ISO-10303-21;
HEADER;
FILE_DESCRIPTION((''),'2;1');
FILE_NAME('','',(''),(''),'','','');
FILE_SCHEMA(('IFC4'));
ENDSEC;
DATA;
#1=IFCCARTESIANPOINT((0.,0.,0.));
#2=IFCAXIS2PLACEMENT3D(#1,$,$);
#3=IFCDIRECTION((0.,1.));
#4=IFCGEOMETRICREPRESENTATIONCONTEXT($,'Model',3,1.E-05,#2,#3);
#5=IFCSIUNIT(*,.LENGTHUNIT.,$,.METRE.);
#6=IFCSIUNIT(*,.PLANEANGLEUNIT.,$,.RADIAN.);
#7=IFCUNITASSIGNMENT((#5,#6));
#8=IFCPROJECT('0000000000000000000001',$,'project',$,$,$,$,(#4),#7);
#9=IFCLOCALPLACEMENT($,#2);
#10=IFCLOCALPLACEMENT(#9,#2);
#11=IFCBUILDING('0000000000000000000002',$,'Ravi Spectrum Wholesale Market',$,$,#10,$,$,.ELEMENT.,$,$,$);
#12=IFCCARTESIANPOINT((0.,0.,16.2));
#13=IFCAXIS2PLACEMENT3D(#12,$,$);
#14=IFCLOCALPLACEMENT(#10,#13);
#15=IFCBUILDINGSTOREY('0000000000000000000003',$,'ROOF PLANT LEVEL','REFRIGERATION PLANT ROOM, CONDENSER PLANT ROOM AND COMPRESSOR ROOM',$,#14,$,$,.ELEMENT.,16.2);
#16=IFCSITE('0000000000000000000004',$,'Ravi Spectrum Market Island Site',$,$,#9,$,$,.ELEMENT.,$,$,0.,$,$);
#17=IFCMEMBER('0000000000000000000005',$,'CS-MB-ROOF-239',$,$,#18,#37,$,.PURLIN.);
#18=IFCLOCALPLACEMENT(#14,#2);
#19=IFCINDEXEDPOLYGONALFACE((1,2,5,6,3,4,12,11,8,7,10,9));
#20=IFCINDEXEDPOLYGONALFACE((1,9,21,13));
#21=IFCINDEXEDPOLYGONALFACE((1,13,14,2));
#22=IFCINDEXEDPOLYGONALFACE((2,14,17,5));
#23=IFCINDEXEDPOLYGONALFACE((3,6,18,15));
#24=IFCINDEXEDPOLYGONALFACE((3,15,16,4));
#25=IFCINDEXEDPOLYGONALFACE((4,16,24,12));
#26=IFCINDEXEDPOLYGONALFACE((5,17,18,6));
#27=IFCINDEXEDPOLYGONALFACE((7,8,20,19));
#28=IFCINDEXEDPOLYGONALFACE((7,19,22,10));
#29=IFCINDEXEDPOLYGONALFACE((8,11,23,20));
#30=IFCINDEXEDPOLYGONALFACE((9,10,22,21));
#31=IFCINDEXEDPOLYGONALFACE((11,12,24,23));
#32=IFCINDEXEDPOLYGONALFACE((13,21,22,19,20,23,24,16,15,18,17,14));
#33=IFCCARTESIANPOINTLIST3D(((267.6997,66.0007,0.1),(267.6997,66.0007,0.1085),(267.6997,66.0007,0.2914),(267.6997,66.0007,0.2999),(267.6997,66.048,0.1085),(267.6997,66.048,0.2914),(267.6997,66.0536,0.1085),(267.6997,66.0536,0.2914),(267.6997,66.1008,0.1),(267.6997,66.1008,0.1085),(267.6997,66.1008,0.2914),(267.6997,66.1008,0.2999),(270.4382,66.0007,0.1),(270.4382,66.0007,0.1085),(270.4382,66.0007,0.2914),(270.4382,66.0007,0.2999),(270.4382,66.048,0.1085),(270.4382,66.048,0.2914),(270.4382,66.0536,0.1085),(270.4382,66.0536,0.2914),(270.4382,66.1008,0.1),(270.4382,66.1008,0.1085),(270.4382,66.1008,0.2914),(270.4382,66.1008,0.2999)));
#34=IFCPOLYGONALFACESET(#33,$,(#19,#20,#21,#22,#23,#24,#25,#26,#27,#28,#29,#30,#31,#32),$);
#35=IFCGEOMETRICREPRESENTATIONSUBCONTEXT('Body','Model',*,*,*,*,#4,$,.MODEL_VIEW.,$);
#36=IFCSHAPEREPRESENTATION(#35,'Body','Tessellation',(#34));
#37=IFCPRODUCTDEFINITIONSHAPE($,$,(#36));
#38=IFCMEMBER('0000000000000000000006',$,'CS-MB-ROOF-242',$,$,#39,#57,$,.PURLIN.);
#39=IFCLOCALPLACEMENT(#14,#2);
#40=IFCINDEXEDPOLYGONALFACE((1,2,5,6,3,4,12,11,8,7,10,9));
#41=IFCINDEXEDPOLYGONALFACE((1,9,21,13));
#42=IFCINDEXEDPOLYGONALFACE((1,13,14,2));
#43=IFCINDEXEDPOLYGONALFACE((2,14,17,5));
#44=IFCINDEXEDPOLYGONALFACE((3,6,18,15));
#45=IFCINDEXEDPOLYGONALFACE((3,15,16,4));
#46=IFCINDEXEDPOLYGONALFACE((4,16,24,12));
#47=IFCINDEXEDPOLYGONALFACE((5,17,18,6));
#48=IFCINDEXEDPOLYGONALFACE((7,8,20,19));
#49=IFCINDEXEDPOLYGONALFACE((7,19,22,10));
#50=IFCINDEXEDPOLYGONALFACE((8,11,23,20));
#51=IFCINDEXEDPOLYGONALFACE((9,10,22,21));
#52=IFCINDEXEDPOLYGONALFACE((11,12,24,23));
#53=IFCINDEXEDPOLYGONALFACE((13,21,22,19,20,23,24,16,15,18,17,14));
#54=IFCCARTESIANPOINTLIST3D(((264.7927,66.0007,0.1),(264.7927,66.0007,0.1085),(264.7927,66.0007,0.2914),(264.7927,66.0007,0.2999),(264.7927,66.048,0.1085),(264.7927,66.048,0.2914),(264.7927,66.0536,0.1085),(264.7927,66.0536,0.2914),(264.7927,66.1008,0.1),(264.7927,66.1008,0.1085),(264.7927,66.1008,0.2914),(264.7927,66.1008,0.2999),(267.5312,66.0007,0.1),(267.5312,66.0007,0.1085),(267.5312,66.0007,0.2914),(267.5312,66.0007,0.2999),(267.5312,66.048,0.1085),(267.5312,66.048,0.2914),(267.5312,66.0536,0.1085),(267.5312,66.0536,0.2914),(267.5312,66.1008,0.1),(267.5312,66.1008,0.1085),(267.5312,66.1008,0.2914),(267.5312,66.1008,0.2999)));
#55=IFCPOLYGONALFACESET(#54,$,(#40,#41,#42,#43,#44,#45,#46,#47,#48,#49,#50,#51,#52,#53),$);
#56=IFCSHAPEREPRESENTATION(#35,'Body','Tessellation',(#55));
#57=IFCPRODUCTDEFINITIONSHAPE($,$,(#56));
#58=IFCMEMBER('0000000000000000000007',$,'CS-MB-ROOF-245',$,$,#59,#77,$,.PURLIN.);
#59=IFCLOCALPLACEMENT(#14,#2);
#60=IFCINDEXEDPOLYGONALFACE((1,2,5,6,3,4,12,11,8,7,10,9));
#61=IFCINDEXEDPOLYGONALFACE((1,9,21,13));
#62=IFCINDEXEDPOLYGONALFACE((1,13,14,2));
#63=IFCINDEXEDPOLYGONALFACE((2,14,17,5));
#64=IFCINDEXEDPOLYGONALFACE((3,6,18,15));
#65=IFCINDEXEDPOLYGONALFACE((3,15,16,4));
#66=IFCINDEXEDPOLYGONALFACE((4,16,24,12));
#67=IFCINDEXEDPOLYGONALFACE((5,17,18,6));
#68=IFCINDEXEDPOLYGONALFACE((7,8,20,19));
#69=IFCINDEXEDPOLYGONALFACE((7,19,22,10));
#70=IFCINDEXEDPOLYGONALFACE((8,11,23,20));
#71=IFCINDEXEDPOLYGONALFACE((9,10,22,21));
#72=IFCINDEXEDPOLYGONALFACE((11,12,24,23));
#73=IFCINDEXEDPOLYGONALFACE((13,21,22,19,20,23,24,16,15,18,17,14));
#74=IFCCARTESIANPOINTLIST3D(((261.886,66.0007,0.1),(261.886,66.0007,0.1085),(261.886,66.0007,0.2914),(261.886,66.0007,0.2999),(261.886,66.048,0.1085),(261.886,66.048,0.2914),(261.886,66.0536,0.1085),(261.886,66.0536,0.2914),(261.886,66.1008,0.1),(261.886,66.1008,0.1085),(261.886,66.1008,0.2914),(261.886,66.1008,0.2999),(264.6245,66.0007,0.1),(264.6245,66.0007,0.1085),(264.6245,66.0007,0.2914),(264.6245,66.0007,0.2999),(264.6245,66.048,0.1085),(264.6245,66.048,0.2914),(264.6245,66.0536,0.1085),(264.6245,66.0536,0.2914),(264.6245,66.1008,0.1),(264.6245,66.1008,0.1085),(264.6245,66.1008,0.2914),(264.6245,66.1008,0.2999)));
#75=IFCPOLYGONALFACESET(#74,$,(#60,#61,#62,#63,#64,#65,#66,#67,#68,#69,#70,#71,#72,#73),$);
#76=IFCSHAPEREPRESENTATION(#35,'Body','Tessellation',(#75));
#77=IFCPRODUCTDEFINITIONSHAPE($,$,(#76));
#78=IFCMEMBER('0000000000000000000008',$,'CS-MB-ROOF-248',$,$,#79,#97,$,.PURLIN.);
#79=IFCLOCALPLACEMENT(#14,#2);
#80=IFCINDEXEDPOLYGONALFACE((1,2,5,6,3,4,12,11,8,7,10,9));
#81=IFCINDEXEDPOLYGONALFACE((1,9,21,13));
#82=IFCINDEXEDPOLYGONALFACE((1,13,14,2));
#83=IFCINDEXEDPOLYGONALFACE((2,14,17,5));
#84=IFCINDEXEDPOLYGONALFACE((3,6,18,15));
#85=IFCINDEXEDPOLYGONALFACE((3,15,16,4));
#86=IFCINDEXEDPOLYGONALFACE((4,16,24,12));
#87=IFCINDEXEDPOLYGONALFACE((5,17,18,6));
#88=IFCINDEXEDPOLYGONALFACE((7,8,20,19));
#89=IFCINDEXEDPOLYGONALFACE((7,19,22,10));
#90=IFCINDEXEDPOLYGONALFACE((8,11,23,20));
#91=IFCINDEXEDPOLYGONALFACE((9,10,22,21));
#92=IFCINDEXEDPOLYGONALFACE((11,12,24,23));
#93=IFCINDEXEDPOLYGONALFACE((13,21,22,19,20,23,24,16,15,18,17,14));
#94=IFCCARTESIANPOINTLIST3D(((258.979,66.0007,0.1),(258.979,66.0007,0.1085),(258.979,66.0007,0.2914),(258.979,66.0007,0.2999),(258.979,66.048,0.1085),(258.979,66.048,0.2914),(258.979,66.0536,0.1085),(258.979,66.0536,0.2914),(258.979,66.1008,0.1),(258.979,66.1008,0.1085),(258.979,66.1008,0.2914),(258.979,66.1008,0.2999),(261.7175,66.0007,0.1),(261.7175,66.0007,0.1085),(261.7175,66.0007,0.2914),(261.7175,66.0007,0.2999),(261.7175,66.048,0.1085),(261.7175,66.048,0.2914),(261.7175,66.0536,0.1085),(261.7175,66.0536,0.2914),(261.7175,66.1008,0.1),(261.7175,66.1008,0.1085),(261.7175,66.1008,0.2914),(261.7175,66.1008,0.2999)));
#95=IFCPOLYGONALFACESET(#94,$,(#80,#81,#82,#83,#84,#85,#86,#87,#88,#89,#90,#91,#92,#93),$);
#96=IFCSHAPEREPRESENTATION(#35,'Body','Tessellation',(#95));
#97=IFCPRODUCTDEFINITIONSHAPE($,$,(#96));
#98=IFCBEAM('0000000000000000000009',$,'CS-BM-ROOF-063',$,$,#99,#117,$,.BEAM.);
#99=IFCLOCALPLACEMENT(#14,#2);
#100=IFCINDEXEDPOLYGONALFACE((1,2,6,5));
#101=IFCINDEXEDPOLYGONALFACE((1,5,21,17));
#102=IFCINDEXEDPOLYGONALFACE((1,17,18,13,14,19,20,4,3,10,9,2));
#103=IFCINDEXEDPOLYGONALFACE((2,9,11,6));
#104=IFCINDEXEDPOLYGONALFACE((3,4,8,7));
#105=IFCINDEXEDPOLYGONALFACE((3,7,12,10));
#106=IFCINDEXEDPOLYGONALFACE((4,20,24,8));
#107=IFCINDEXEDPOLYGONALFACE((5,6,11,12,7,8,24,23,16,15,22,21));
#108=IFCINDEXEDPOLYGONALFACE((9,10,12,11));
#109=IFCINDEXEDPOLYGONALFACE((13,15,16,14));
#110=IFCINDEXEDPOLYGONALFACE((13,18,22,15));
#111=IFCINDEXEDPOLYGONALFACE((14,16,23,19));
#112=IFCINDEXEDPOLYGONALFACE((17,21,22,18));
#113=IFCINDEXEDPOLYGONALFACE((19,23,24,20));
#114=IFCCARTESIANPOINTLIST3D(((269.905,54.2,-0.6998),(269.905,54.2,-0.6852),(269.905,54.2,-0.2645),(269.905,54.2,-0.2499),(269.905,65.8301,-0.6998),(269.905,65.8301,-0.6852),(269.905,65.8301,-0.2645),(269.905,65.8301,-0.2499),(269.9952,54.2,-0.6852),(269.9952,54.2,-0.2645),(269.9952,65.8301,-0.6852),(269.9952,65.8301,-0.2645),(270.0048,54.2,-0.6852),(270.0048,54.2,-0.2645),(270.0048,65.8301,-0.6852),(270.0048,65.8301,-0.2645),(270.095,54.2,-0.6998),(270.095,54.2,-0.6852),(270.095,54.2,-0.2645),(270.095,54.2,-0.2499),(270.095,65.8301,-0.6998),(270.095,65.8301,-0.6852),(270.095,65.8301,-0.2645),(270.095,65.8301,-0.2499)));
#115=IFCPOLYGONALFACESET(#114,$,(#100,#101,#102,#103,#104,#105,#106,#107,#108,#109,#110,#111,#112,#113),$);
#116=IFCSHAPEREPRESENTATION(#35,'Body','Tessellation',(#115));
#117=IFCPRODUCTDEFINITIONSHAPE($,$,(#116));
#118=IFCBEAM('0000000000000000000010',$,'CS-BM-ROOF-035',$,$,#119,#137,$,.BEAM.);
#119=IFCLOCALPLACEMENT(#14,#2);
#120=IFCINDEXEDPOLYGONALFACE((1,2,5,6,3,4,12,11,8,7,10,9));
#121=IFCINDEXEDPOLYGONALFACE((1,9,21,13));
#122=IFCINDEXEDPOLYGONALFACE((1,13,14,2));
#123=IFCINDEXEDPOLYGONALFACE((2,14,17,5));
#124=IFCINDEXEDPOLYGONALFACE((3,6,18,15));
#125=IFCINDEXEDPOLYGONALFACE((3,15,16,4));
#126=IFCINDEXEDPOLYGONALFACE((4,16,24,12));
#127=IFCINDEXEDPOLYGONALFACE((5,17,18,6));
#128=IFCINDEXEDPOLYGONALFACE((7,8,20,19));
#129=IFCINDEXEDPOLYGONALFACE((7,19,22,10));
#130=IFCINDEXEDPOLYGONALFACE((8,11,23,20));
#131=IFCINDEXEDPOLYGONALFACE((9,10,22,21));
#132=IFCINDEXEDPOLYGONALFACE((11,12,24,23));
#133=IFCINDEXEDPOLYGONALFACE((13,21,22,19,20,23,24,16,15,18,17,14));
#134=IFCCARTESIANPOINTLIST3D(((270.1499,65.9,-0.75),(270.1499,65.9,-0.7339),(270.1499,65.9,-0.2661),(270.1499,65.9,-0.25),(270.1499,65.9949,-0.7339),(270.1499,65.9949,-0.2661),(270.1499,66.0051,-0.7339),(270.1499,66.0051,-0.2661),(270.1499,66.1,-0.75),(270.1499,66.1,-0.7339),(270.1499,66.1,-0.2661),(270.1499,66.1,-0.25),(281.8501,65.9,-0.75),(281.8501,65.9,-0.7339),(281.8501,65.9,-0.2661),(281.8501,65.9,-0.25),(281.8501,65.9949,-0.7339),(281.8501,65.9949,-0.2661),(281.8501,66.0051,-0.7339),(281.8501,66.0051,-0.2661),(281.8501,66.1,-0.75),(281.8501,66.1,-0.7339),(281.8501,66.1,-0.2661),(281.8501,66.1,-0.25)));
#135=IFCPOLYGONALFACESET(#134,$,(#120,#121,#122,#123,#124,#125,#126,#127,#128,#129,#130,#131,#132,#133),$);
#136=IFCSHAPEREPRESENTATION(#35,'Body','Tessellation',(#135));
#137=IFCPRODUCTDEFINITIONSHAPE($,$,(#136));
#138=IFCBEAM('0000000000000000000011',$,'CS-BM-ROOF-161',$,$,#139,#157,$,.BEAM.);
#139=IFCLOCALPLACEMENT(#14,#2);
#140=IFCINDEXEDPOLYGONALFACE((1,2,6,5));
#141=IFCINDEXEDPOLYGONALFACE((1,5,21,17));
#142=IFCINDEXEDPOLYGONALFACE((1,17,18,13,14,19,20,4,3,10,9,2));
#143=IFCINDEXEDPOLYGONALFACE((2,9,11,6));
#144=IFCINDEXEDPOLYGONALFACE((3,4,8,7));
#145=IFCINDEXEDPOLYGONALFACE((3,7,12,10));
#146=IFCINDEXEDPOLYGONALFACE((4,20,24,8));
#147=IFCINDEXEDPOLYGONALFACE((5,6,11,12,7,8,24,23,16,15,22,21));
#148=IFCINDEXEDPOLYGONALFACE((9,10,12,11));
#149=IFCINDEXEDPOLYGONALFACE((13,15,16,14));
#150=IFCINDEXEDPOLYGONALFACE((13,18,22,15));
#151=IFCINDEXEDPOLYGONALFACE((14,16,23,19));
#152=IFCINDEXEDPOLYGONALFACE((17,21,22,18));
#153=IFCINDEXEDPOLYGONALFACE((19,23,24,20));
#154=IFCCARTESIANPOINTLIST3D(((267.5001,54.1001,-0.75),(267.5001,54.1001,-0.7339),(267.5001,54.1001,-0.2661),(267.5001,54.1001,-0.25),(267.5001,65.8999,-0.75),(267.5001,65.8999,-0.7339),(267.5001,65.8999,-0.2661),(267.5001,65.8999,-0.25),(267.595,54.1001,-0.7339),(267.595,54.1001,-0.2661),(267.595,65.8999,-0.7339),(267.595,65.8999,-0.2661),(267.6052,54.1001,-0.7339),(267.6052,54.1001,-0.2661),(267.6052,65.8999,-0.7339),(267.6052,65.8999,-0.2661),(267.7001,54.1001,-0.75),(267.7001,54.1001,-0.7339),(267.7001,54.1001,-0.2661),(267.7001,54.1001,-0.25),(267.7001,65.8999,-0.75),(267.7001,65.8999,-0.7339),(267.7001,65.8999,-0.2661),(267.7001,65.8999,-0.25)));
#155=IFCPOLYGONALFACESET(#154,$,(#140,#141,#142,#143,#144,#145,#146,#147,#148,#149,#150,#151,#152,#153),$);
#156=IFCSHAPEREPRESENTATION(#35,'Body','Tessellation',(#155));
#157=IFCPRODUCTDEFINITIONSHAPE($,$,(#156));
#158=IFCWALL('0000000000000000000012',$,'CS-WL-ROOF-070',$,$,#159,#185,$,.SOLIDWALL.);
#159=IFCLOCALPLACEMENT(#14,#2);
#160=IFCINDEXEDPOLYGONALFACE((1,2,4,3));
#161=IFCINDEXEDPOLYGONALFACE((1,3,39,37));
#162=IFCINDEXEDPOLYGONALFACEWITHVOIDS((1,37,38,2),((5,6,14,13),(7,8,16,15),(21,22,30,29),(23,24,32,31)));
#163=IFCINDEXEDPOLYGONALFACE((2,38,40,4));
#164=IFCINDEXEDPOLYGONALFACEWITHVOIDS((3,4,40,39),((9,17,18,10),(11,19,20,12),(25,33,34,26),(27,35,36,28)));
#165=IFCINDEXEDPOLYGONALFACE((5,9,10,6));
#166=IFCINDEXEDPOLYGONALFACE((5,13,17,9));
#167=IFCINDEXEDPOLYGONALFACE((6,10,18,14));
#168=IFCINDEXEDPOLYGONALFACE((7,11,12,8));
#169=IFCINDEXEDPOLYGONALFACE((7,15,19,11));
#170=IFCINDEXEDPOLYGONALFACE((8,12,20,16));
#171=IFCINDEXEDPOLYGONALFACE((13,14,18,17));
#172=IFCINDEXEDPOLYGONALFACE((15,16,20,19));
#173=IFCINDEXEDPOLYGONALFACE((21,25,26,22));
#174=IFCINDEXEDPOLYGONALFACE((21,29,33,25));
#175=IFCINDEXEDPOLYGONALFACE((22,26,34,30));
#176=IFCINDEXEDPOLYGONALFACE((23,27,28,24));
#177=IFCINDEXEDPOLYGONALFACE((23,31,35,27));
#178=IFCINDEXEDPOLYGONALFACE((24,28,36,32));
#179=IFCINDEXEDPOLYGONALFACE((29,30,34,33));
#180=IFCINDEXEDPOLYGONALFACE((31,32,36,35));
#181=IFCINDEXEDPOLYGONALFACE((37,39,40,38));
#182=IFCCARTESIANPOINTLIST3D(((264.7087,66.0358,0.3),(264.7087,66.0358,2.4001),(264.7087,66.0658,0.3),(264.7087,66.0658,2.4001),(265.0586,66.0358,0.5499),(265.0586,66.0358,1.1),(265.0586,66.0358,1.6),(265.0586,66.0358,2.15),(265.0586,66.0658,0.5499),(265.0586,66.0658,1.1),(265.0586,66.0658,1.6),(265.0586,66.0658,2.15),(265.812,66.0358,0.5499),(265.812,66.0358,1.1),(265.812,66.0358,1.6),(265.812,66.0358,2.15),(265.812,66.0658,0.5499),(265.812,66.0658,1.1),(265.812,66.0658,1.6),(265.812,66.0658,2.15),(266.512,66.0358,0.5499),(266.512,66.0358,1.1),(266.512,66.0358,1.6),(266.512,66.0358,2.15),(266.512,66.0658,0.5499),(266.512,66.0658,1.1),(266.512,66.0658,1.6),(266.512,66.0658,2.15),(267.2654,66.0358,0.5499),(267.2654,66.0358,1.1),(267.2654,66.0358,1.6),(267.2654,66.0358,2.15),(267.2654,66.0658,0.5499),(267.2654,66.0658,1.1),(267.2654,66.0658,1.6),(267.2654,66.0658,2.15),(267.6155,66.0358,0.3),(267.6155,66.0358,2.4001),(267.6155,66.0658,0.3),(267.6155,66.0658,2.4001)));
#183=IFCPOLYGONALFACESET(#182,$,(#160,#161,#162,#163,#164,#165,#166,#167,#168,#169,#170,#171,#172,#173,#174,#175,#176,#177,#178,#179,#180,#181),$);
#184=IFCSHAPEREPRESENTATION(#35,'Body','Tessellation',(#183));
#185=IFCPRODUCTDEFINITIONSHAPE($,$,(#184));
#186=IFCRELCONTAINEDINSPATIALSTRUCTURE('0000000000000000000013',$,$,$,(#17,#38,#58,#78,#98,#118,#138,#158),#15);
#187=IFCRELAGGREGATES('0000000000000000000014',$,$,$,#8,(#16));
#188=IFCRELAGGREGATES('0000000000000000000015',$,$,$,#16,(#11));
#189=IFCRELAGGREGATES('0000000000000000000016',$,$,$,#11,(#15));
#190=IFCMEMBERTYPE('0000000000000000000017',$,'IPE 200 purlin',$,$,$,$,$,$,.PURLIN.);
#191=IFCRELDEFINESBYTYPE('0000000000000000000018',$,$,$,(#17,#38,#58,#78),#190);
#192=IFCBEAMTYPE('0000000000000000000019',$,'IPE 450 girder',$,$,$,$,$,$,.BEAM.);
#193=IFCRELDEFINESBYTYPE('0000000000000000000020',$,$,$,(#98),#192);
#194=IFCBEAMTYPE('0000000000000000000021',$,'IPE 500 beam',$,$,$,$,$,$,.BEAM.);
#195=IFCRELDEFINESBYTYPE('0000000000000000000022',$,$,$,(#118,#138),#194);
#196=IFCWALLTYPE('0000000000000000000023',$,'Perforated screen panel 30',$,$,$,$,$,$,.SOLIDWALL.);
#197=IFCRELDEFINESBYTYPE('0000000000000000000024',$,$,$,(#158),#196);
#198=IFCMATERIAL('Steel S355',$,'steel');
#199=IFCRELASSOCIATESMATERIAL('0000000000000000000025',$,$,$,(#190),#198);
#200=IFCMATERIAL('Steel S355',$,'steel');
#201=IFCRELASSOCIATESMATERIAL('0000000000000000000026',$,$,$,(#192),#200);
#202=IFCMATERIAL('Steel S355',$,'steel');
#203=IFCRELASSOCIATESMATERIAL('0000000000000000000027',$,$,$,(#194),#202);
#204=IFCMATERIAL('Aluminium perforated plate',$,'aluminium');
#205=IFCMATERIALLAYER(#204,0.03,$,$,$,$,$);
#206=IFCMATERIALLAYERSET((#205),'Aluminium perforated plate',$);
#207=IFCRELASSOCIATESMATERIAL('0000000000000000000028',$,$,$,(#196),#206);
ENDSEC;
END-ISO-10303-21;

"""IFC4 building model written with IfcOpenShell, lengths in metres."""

from ifc_helpers import new_model, si_unit, direction, frame, frame_2d, origin, origin_2d, place, context, subcontext, project, spatial, rectangle, i_section, extrude, material, layer, layer_set, material_profile, profile_set, type_object, element, save


model = new_model("IFC4")

# Units and contexts
model_context = context("Model", 3, precision=1e-05, world=origin(), true_north=direction((0.0, 1.0)))
body_context = subcontext(model_context, "Body", "Model", "MODEL_VIEW")
ifc_project = project(units=[si_unit("LENGTHUNIT", "METRE"), si_unit("PLANEANGLEUNIT", "RADIAN")], contexts=[model_context])

# Site, building, storey
site_placement = place(None, origin())
site = spatial("IfcSite", under=ifc_project, at=site_placement, Name="Ravi Spectrum Market Island Site", CompositionType="ELEMENT", RefElevation=0.0)
building_placement = place(site_placement, origin())
building = spatial("IfcBuilding", under=site, at=building_placement, Name="Ravi Spectrum Wholesale Market", CompositionType="ELEMENT")
storey_placement = place(building_placement, frame((0.0, 0.0, 16.2)))
storey = spatial("IfcBuildingStorey", under=building, at=storey_placement, Name="ROOF PLANT LEVEL", Description="REFRIGERATION PLANT ROOM, CONDENSER PLANT ROOM AND COMPRESSOR ROOM", CompositionType="ELEMENT", Elevation=16.2)

# Members
ifc_material_1 = material(Name="Steel S355", Category="steel")
ifc_material_profile_1 = material_profile(ifc_material_1, i_section(OverallWidth=0.1001, OverallDepth=0.2, WebThickness=0.0056, FlangeThickness=0.0085, at=origin_2d()))
ifc_profile_set_1 = profile_set([ifc_material_profile_1], Name="Steel S355")
member_type = type_object("IfcMemberType", Name="IPE 200 purlin", PredefinedType="PURLIN", material=ifc_profile_set_1)
for number, where, z_axis, x_axis, name in (
    (1, (270.4382, 66.0508, 0.2), (-1.0, 0.0, 0.0), (0.0, -1.0, 0.0), "CS-MB-ROOF-239"),
    (2, (267.5312, 66.0508, 0.2), (-1.0, 0.0, 0.0), (0.0, -1.0, 0.0), "CS-MB-ROOF-242"),
    (3, (264.6245, 66.0508, 0.2), (-1.0, 0.0, 0.0), (0.0, -1.0, 0.0), "CS-MB-ROOF-245"),
    (4, (261.7175, 66.0508, 0.2), (-1.0, 0.0, 0.0), (0.0, -1.0, 0.0), "CS-MB-ROOF-248"),
):
    element("IfcMember", number, at=place(storey_placement, frame(where, z_axis=z_axis, x_axis=x_axis)), inside=storey, type_object=member_type, Name=name, PredefinedType="PURLIN", context=body_context, shape_type="SweptSolid", body=[
        extrude(i_section(OverallWidth=0.1001, OverallDepth=0.2, WebThickness=0.0056, FlangeThickness=0.0085, at=origin_2d()), origin(), (0.0, 0.0, 1.0), 2.7385),
    ])

# Beams
ifc_material_2 = material(Name="Steel S355", Category="steel")
ifc_material_profile_2 = material_profile(ifc_material_2, i_section(OverallWidth=0.1899, OverallDepth=0.45, WebThickness=0.0095, FlangeThickness=0.0146, at=origin_2d()))
ifc_profile_set_2 = profile_set([ifc_material_profile_2], Name="Steel S355")
beam_type_1 = type_object("IfcBeamType", Name="IPE 450 girder", PredefinedType="BEAM", material=ifc_profile_set_2)
beam_1_placement = place(storey_placement, frame((270.0, 54.2, -0.4749), z_axis=(0.0, 1.0, 0.0), x_axis=(-1.0, 0.0, 0.0)))
element("IfcBeam", 5, at=beam_1_placement, inside=storey, type_object=beam_type_1, Name="CS-BM-ROOF-063", PredefinedType="BEAM", context=body_context, shape_type="SweptSolid", body=[
    extrude(i_section(OverallWidth=0.1899, OverallDepth=0.45, WebThickness=0.0095, FlangeThickness=0.0146, at=origin_2d()), origin(), (0.0, 0.0, 1.0), 11.6301),
])
ifc_material_3 = material(Name="Steel S355", Category="steel")
ifc_material_profile_3 = material_profile(ifc_material_3, i_section(OverallWidth=0.2, OverallDepth=0.5, WebThickness=0.0103, FlangeThickness=0.0161, at=origin_2d()))
ifc_profile_set_3 = profile_set([ifc_material_profile_3], Name="Steel S355")
beam_type_2 = type_object("IfcBeamType", Name="IPE 500 beam", PredefinedType="BEAM", material=ifc_profile_set_3)
beam_2_placement = place(storey_placement, frame((270.1499, 66.0, -0.5), z_axis=(1.0, 0.0, 0.0), x_axis=(0.0, 1.0, 0.0)))
element("IfcBeam", 6, at=beam_2_placement, inside=storey, type_object=beam_type_2, Name="CS-BM-ROOF-035", PredefinedType="BEAM", context=body_context, shape_type="SweptSolid", body=[
    extrude(i_section(OverallWidth=0.2, OverallDepth=0.5, WebThickness=0.0103, FlangeThickness=0.0161, at=origin_2d()), origin(), (0.0, 0.0, 1.0), 11.7002),
])
beam_3_placement = place(storey_placement, frame((267.6001, 54.1001, -0.5), z_axis=(0.0, 1.0, 0.0), x_axis=(-1.0, 0.0, 0.0)))
element("IfcBeam", 7, at=beam_3_placement, inside=storey, type_object=beam_type_2, Name="CS-BM-ROOF-161", PredefinedType="BEAM", context=body_context, shape_type="SweptSolid", body=[
    extrude(i_section(OverallWidth=0.2, OverallDepth=0.5, WebThickness=0.0103, FlangeThickness=0.0161, at=origin_2d()), origin(), (0.0, 0.0, 1.0), 11.7998),
])

# Wall, openings
ifc_material_4 = material(Name="Aluminium perforated plate", Category="aluminium")
ifc_layer = layer(ifc_material_4, 0.03)
ifc_layer_set = layer_set([ifc_layer], Name="Aluminium perforated plate")
wall_type = type_object("IfcWallType", Name="Perforated screen panel 30", PredefinedType="SOLIDWALL", material=ifc_layer_set)
wall_1_placement = place(storey_placement, frame((267.6155, 66.0508, 0.3), z_axis=(0.0, 0.0, 1.0), x_axis=(-1.0, 0.0, 0.0)))
wall_1 = element("IfcWall", 8, at=wall_1_placement, inside=storey, type_object=wall_type, Name="CS-WL-ROOF-070", PredefinedType="SOLIDWALL", context=body_context, shape_type="SweptSolid", body=[
    extrude(rectangle(XDim=2.9067, YDim=0.03, at=frame_2d((1.4534, 0.0))), origin(), (0.0, 0.0, 1.0), 2.1001),
])
opening_1_placement = place(wall_1_placement, frame((0.3501, 0.0, 0.25)))
element("IfcOpeningElement", 9, at=opening_1_placement, cuts=wall_1, PredefinedType="OPENING", context=body_context, shape_type="SweptSolid", body=[
    extrude(rectangle(XDim=0.7534, YDim=0.55, at=frame_2d((0.3767, 0.2749))), frame((0.0, 0.0249, 0.0), z_axis=(0.0, -1.0, 0.0), x_axis=(1.0, 0.0, 0.0)), (0.0, 0.0, 1.0), 0.05),
])
opening_2_placement = place(wall_1_placement, frame((0.3501, 0.0, 1.3)))
element("IfcOpeningElement", 10, at=opening_2_placement, cuts=wall_1, PredefinedType="OPENING", context=body_context, shape_type="SweptSolid", body=[
    extrude(rectangle(XDim=0.7534, YDim=0.55, at=frame_2d((0.3767, 0.2749))), frame((0.0, 0.0249, 0.0), z_axis=(0.0, -1.0, 0.0), x_axis=(1.0, 0.0, 0.0)), (0.0, 0.0, 1.0), 0.05),
])
opening_3_placement = place(wall_1_placement, frame((1.8035, 0.0, 0.25)))
element("IfcOpeningElement", 11, at=opening_3_placement, cuts=wall_1, PredefinedType="OPENING", context=body_context, shape_type="SweptSolid", body=[
    extrude(rectangle(XDim=0.7534, YDim=0.55, at=frame_2d((0.3767, 0.2749))), frame((0.0, 0.0249, 0.0), z_axis=(0.0, -1.0, 0.0), x_axis=(1.0, 0.0, 0.0)), (0.0, 0.0, 1.0), 0.05),
])
opening_4_placement = place(wall_1_placement, frame((1.8035, 0.0, 1.3)))
element("IfcOpeningElement", 12, at=opening_4_placement, cuts=wall_1, PredefinedType="OPENING", context=body_context, shape_type="SweptSolid", body=[
    extrude(rectangle(XDim=0.7534, YDim=0.55, at=frame_2d((0.3767, 0.2749))), frame((0.0, 0.0249, 0.0), z_axis=(0.0, -1.0, 0.0), x_axis=(1.0, 0.0, 0.0)), (0.0, 0.0, 1.0), 0.05),
])

save(model, "model.ifc")
